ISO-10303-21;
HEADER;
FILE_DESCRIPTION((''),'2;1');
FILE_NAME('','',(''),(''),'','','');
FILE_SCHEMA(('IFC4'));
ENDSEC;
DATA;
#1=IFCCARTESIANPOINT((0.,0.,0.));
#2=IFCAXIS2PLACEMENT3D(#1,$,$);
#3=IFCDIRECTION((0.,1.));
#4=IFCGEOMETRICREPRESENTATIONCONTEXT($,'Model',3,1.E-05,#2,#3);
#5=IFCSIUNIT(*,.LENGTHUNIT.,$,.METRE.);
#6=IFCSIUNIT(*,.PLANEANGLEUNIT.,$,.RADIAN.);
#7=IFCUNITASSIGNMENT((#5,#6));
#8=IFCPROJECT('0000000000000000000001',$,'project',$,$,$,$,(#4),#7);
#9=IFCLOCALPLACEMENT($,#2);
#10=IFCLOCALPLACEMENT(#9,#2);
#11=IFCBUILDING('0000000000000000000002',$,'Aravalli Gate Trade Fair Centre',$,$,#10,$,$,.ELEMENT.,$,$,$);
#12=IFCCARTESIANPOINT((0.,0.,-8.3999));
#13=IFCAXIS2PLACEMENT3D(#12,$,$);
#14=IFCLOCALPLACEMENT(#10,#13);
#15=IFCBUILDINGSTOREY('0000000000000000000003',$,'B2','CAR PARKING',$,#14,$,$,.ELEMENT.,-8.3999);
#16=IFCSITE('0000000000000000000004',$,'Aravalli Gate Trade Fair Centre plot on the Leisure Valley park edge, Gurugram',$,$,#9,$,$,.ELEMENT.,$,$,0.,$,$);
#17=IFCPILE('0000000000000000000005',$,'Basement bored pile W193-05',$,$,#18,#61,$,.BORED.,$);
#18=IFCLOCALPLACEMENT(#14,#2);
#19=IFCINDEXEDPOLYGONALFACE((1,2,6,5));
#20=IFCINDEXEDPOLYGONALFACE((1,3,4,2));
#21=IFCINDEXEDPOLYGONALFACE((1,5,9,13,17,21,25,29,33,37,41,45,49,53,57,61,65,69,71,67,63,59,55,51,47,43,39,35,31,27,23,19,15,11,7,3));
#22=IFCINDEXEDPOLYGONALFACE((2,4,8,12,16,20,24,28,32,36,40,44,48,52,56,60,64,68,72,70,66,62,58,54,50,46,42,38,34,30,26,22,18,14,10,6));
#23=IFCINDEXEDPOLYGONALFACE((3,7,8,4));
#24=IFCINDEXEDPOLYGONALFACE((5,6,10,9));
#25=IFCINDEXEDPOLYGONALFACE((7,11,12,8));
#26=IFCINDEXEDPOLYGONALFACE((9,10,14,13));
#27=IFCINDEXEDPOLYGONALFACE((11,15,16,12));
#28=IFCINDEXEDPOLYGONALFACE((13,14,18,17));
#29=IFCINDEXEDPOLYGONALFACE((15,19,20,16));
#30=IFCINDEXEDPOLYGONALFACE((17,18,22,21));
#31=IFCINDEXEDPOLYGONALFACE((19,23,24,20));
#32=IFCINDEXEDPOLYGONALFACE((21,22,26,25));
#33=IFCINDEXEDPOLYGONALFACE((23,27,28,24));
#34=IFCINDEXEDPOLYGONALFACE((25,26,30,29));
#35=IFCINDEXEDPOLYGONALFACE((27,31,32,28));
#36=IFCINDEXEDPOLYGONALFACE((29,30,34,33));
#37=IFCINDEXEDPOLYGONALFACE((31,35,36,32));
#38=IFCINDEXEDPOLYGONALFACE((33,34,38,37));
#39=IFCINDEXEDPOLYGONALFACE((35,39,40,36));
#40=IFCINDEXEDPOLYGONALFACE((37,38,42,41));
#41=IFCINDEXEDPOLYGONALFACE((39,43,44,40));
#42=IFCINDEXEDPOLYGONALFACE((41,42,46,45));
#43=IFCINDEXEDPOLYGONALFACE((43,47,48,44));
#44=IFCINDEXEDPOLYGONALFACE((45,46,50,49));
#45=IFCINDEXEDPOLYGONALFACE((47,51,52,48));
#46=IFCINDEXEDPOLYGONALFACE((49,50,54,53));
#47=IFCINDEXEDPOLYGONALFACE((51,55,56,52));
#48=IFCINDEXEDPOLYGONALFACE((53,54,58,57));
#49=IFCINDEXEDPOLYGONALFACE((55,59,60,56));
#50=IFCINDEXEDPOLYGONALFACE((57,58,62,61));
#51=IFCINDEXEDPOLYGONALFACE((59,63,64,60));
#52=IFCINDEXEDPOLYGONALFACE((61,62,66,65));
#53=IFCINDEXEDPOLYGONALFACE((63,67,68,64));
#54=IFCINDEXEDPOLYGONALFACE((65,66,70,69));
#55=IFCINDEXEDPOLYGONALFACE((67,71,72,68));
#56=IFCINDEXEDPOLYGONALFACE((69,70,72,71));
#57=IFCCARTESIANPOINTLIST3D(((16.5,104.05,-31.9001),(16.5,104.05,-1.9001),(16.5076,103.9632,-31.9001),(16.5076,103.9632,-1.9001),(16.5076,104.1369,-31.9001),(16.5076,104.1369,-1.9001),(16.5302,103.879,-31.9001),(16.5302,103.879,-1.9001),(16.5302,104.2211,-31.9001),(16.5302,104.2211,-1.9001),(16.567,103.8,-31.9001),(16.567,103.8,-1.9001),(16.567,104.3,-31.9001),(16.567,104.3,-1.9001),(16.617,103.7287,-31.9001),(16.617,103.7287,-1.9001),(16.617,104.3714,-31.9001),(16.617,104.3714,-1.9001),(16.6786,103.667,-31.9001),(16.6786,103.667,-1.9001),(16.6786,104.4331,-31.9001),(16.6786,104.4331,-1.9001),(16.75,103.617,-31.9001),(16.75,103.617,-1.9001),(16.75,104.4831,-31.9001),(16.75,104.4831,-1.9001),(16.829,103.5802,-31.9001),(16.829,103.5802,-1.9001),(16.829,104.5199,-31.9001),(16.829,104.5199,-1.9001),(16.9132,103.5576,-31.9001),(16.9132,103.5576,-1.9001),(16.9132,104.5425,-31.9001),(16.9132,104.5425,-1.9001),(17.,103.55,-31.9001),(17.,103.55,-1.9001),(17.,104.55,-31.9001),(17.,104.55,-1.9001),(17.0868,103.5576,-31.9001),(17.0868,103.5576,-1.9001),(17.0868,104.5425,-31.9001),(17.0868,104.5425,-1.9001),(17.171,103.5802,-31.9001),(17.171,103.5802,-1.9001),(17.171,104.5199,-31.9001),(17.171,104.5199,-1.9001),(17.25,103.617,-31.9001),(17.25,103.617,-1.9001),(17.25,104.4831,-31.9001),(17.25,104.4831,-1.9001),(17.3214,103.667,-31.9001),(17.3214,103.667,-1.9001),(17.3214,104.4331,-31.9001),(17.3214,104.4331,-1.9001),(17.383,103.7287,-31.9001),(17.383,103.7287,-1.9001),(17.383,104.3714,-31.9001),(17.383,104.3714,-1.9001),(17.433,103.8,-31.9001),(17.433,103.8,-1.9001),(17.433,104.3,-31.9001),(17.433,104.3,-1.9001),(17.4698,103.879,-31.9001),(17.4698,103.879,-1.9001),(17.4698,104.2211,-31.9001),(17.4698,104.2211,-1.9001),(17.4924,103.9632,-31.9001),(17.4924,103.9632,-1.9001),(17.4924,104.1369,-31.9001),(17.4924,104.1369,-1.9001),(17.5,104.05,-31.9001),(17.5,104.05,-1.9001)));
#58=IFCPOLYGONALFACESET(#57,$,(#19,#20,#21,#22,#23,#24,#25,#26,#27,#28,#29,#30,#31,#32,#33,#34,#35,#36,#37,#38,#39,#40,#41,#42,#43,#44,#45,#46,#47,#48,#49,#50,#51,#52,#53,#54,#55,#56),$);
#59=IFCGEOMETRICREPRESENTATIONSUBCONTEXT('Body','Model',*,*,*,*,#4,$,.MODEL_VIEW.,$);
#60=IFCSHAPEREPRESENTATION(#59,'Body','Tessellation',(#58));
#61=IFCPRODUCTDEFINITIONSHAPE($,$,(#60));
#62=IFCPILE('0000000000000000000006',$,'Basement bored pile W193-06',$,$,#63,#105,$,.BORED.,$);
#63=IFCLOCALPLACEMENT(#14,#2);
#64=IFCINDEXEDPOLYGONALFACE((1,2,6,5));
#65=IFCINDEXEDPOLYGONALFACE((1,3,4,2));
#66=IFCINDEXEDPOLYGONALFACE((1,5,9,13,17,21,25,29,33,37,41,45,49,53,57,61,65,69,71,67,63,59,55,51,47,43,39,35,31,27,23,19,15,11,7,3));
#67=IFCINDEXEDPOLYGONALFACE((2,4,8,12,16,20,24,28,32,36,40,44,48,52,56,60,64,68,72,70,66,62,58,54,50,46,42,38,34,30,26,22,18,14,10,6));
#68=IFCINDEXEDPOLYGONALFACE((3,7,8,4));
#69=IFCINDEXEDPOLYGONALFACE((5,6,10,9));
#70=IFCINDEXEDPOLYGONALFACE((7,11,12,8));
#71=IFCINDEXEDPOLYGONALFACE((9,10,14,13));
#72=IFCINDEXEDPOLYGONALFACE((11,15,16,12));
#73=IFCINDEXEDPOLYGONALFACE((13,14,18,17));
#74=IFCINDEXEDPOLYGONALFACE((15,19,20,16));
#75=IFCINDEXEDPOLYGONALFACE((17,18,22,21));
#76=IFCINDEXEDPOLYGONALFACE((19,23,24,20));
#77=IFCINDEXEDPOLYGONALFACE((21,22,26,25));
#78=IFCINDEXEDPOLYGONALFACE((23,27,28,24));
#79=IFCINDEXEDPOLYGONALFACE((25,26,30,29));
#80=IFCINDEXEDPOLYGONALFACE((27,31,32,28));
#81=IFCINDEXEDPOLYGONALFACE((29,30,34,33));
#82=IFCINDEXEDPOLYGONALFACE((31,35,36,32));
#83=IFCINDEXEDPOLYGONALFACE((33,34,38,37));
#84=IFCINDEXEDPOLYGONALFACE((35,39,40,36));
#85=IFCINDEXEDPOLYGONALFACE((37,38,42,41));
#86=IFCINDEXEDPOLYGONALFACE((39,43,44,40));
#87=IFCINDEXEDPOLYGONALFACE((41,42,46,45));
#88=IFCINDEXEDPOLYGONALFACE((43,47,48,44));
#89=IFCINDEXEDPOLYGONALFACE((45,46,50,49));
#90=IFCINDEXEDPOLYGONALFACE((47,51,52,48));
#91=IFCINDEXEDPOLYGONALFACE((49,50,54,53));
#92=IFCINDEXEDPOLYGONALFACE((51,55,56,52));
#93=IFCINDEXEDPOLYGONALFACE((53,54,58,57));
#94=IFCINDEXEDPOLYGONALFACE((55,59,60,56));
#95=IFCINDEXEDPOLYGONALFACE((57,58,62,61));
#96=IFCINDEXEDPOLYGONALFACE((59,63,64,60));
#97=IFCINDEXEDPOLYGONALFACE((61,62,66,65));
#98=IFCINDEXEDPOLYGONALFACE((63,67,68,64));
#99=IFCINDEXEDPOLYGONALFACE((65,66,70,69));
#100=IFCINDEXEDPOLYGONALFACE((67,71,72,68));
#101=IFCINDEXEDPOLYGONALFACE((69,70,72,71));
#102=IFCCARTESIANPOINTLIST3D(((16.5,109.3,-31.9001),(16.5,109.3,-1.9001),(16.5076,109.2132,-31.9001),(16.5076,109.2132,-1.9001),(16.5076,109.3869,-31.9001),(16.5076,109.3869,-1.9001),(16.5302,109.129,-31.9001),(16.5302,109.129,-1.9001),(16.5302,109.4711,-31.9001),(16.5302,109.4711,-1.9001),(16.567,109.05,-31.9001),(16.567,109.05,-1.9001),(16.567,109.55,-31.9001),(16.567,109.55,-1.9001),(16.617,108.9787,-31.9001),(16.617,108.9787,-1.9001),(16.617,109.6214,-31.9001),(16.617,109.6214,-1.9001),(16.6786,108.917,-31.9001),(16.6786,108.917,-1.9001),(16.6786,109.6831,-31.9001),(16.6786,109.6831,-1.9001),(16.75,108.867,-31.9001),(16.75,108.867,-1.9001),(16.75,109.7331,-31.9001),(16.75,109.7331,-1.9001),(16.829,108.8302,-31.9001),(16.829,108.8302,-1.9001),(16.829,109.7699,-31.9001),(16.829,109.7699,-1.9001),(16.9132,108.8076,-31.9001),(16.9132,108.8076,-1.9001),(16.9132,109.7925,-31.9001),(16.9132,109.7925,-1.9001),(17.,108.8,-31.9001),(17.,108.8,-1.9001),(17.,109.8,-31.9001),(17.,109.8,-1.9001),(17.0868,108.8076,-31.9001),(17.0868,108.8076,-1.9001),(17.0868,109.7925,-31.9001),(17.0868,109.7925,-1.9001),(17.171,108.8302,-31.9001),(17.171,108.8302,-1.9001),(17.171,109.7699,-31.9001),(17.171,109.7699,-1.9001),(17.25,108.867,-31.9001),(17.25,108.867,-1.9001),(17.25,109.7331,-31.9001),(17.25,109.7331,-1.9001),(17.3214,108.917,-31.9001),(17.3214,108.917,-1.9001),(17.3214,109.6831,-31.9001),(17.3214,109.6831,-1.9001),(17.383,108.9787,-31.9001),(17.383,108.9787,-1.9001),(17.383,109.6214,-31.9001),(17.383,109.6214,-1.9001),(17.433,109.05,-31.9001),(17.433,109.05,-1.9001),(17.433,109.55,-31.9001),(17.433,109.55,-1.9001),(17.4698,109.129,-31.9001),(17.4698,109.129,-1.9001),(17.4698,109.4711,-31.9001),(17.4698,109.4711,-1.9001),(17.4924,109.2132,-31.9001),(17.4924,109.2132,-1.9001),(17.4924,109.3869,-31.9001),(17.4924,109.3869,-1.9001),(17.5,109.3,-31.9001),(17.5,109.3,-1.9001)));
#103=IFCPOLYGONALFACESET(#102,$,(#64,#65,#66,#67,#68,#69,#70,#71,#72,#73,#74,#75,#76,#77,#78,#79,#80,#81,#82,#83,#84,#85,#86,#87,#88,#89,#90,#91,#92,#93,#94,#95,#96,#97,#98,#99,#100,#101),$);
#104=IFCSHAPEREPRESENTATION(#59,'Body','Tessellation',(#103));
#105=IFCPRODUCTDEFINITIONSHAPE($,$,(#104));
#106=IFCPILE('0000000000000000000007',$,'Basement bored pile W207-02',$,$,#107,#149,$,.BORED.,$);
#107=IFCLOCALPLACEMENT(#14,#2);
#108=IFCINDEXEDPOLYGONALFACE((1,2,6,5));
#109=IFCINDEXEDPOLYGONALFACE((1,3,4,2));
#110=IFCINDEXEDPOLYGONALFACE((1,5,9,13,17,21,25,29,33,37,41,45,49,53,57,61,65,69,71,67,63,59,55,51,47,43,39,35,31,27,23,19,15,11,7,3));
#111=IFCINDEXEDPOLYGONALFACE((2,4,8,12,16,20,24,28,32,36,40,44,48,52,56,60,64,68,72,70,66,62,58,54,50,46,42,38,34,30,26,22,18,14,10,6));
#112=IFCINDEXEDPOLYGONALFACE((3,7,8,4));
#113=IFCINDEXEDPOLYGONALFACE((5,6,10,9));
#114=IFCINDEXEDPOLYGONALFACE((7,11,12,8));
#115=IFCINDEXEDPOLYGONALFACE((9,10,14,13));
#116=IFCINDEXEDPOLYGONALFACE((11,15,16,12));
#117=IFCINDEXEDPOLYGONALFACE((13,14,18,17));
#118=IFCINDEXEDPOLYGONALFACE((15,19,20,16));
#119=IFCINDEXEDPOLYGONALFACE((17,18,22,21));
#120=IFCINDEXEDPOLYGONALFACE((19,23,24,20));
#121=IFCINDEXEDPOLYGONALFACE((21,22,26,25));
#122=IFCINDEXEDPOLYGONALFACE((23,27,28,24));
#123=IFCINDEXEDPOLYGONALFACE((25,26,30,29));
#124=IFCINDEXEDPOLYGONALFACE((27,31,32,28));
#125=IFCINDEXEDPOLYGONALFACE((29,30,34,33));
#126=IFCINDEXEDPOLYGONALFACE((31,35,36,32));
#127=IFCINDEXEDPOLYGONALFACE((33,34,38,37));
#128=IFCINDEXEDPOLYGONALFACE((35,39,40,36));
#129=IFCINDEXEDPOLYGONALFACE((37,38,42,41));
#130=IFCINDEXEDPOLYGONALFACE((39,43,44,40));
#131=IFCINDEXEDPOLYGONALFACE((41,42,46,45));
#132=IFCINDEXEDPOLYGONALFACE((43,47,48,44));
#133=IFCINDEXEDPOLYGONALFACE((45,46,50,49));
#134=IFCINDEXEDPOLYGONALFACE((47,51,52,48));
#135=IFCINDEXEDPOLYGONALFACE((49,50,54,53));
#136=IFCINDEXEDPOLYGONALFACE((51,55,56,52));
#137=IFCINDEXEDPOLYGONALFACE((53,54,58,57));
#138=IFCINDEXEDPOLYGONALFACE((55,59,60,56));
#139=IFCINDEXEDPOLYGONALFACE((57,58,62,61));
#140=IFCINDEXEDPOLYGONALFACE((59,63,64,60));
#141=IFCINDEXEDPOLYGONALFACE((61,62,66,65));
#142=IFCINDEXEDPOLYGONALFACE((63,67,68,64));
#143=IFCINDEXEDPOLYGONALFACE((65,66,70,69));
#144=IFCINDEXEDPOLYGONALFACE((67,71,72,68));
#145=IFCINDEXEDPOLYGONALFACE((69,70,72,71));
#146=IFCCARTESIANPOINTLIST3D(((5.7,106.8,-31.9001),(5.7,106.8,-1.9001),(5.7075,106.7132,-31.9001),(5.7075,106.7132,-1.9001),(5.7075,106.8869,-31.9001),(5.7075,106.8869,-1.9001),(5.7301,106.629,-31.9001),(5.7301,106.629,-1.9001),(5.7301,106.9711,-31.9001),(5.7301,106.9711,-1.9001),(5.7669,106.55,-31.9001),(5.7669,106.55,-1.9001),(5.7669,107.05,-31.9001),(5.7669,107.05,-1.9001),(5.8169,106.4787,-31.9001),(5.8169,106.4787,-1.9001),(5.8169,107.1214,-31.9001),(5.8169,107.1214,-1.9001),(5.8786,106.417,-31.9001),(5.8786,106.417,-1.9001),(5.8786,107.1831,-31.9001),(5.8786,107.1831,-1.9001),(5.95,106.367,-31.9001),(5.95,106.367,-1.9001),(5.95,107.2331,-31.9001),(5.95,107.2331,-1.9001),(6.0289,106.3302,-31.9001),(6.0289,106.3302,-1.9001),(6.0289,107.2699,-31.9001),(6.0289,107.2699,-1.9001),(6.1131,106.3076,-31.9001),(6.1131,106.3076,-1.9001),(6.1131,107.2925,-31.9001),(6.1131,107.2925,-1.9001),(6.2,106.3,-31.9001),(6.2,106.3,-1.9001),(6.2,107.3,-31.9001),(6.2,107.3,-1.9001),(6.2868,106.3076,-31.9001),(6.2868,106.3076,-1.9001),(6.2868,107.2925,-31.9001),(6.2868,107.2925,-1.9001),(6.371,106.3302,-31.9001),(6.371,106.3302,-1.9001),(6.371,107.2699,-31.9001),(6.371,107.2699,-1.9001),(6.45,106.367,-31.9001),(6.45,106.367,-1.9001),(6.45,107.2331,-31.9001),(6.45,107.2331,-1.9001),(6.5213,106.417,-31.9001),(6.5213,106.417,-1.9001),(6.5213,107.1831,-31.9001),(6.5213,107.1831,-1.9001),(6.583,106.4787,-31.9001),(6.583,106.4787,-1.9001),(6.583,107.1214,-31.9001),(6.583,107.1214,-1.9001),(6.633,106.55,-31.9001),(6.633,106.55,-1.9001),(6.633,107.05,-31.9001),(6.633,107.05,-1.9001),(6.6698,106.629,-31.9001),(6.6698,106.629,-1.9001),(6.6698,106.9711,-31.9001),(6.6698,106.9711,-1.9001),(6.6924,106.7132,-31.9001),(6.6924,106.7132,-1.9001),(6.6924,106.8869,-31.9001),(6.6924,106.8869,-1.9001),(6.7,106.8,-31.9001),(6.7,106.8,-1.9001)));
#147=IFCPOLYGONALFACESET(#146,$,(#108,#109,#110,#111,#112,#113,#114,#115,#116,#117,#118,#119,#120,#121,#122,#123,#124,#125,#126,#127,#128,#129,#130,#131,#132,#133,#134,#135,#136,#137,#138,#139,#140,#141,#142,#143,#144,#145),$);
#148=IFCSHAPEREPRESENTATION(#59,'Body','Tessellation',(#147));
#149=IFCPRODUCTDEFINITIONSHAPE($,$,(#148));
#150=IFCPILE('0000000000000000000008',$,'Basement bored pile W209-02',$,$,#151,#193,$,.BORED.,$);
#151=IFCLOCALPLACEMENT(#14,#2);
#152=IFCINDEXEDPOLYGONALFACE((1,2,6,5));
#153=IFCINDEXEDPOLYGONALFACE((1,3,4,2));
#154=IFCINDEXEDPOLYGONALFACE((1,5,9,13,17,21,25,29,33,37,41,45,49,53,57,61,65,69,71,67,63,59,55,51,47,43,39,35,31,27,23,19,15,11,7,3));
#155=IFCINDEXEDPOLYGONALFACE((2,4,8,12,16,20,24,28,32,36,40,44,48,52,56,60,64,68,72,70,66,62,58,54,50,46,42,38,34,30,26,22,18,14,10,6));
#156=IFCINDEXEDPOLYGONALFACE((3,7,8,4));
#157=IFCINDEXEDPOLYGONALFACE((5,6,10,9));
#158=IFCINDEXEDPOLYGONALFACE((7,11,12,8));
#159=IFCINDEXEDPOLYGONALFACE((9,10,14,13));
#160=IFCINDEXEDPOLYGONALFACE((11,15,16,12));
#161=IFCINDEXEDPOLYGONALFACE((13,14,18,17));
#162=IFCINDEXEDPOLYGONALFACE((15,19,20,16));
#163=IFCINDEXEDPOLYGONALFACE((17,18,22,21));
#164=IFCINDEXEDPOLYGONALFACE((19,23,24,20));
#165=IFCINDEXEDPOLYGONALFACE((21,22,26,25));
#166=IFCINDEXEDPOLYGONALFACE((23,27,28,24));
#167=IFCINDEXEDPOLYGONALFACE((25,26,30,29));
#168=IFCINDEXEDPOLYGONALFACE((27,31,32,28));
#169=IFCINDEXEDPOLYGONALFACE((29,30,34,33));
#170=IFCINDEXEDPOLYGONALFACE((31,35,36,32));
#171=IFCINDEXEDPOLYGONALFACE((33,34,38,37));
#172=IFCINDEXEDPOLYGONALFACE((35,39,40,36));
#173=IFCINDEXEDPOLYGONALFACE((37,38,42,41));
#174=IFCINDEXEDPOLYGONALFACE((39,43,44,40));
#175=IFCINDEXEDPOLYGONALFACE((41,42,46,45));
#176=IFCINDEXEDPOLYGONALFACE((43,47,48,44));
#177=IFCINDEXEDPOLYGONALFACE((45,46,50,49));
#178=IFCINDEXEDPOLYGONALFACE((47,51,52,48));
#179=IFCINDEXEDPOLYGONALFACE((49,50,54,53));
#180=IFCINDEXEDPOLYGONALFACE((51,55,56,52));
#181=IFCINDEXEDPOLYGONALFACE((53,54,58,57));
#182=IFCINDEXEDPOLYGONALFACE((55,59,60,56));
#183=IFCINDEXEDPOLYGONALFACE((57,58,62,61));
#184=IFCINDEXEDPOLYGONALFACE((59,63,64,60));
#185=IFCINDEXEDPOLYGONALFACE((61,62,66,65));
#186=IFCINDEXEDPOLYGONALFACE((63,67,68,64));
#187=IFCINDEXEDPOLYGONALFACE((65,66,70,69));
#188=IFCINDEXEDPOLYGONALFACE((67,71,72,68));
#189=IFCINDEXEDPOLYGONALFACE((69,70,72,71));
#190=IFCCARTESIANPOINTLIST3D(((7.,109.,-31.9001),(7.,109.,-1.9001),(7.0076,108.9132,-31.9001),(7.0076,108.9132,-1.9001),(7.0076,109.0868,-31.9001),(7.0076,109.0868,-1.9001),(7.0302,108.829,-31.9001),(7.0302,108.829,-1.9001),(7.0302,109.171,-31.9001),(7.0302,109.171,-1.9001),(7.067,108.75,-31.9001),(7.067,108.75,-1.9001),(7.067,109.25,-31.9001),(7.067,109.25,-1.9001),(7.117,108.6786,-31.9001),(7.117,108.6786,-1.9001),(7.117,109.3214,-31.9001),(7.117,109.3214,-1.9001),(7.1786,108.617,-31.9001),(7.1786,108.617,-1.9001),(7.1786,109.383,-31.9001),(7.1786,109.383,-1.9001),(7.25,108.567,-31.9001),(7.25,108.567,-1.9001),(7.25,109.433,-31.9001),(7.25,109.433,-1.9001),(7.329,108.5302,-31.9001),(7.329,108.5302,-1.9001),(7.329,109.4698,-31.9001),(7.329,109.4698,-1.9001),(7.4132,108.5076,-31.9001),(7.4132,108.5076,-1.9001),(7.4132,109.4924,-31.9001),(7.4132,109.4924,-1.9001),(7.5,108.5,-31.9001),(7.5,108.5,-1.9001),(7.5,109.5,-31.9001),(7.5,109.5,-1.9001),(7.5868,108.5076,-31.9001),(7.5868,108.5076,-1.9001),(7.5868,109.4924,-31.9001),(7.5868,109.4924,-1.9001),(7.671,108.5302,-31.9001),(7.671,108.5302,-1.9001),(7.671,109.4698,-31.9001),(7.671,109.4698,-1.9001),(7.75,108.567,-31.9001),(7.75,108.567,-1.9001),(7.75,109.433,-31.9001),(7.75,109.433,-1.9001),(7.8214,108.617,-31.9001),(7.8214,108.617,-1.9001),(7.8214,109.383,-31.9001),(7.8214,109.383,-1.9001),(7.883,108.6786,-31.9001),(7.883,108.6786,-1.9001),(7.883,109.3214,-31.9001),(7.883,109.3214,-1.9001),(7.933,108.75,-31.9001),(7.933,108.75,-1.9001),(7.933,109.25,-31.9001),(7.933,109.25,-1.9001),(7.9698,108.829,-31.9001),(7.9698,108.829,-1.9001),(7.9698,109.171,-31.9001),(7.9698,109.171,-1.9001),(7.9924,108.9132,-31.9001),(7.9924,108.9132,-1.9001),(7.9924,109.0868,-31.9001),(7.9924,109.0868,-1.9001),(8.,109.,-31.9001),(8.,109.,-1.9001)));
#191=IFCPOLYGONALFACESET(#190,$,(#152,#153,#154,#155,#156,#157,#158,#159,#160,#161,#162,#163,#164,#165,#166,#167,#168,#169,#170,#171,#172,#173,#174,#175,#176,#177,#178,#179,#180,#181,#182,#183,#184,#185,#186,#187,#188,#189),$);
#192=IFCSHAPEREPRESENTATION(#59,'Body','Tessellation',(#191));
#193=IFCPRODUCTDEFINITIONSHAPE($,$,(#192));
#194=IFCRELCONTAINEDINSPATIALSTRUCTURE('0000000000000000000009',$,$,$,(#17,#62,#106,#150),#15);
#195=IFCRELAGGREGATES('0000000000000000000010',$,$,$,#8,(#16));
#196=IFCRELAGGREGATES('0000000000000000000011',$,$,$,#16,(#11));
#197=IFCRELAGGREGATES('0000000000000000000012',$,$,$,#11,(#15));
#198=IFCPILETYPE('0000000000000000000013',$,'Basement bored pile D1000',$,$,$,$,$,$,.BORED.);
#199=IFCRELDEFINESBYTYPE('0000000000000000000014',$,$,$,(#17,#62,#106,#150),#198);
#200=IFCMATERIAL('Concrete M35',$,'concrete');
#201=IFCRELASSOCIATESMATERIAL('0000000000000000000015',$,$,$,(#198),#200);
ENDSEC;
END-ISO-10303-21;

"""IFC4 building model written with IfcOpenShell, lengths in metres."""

from ifc_helpers import new_model, si_unit, direction, frame, origin, origin_2d, place, context, subcontext, project, spatial, circle, extrude, material, material_profile, profile_set, type_object, element, save


model = new_model("IFC4")

# Units and contexts
model_context = context("Model", 3, precision=1e-05, world=origin(), true_north=direction((0.0, 1.0)))
body_context = subcontext(model_context, "Body", "Model", "MODEL_VIEW")
ifc_project = project(units=[si_unit("LENGTHUNIT", "METRE"), si_unit("PLANEANGLEUNIT", "RADIAN")], contexts=[model_context])

# Site, building, storey
site_placement = place(None, origin())
site = spatial("IfcSite", under=ifc_project, at=site_placement, Name="Aravalli Gate Trade Fair Centre plot on the Leisure Valley park edge, Gurugram", CompositionType="ELEMENT", RefElevation=0.0)
building_placement = place(site_placement, origin())
building = spatial("IfcBuilding", under=site, at=building_placement, Name="Aravalli Gate Trade Fair Centre", CompositionType="ELEMENT")
storey_placement = place(building_placement, frame((0.0, 0.0, -8.3999)))
storey = spatial("IfcBuildingStorey", under=building, at=storey_placement, Name="B2", Description="CAR PARKING", CompositionType="ELEMENT", Elevation=-8.3999)

# Piles
ifc_material_1 = material(Name="Concrete M35", Category="concrete")
ifc_material_profile_1 = material_profile(ifc_material_1, circle(Radius=0.5, at=origin_2d()), Name="D1000")
ifc_profile_set_1 = profile_set([ifc_material_profile_1], Name="Concrete M35")
pile_type = type_object("IfcPileType", Name="Basement bored pile D1000", PredefinedType="BORED", material=ifc_profile_set_1)
for number, where, z_axis, x_axis, name in (
    (1, (17.0, 104.05, -1.9001), (0.0, 0.0, -1.0), (1.0, 0.0, 0.0), "Basement bored pile W193-05"),
    (2, (17.0, 109.3, -1.9001), (0.0, 0.0, -1.0), (1.0, 0.0, 0.0), "Basement bored pile W193-06"),
    (3, (6.2, 106.8, -1.9001), (0.0, 0.0, -1.0), (1.0, 0.0, 0.0), "Basement bored pile W207-02"),
    (4, (7.5, 109.0, -1.9001), (0.0, 0.0, -1.0), (1.0, 0.0, 0.0), "Basement bored pile W209-02"),
):
    element("IfcPile", number, at=place(storey_placement, frame(where, z_axis=z_axis, x_axis=x_axis)), inside=storey, type_object=pile_type, Name=name, PredefinedType="BORED", context=body_context, shape_type="SweptSolid", body=[
        extrude(circle(Radius=0.5, at=origin_2d()), origin(), (0.0, 0.0, 1.0), 30.0),
    ])

save(model, "model.ifc")
